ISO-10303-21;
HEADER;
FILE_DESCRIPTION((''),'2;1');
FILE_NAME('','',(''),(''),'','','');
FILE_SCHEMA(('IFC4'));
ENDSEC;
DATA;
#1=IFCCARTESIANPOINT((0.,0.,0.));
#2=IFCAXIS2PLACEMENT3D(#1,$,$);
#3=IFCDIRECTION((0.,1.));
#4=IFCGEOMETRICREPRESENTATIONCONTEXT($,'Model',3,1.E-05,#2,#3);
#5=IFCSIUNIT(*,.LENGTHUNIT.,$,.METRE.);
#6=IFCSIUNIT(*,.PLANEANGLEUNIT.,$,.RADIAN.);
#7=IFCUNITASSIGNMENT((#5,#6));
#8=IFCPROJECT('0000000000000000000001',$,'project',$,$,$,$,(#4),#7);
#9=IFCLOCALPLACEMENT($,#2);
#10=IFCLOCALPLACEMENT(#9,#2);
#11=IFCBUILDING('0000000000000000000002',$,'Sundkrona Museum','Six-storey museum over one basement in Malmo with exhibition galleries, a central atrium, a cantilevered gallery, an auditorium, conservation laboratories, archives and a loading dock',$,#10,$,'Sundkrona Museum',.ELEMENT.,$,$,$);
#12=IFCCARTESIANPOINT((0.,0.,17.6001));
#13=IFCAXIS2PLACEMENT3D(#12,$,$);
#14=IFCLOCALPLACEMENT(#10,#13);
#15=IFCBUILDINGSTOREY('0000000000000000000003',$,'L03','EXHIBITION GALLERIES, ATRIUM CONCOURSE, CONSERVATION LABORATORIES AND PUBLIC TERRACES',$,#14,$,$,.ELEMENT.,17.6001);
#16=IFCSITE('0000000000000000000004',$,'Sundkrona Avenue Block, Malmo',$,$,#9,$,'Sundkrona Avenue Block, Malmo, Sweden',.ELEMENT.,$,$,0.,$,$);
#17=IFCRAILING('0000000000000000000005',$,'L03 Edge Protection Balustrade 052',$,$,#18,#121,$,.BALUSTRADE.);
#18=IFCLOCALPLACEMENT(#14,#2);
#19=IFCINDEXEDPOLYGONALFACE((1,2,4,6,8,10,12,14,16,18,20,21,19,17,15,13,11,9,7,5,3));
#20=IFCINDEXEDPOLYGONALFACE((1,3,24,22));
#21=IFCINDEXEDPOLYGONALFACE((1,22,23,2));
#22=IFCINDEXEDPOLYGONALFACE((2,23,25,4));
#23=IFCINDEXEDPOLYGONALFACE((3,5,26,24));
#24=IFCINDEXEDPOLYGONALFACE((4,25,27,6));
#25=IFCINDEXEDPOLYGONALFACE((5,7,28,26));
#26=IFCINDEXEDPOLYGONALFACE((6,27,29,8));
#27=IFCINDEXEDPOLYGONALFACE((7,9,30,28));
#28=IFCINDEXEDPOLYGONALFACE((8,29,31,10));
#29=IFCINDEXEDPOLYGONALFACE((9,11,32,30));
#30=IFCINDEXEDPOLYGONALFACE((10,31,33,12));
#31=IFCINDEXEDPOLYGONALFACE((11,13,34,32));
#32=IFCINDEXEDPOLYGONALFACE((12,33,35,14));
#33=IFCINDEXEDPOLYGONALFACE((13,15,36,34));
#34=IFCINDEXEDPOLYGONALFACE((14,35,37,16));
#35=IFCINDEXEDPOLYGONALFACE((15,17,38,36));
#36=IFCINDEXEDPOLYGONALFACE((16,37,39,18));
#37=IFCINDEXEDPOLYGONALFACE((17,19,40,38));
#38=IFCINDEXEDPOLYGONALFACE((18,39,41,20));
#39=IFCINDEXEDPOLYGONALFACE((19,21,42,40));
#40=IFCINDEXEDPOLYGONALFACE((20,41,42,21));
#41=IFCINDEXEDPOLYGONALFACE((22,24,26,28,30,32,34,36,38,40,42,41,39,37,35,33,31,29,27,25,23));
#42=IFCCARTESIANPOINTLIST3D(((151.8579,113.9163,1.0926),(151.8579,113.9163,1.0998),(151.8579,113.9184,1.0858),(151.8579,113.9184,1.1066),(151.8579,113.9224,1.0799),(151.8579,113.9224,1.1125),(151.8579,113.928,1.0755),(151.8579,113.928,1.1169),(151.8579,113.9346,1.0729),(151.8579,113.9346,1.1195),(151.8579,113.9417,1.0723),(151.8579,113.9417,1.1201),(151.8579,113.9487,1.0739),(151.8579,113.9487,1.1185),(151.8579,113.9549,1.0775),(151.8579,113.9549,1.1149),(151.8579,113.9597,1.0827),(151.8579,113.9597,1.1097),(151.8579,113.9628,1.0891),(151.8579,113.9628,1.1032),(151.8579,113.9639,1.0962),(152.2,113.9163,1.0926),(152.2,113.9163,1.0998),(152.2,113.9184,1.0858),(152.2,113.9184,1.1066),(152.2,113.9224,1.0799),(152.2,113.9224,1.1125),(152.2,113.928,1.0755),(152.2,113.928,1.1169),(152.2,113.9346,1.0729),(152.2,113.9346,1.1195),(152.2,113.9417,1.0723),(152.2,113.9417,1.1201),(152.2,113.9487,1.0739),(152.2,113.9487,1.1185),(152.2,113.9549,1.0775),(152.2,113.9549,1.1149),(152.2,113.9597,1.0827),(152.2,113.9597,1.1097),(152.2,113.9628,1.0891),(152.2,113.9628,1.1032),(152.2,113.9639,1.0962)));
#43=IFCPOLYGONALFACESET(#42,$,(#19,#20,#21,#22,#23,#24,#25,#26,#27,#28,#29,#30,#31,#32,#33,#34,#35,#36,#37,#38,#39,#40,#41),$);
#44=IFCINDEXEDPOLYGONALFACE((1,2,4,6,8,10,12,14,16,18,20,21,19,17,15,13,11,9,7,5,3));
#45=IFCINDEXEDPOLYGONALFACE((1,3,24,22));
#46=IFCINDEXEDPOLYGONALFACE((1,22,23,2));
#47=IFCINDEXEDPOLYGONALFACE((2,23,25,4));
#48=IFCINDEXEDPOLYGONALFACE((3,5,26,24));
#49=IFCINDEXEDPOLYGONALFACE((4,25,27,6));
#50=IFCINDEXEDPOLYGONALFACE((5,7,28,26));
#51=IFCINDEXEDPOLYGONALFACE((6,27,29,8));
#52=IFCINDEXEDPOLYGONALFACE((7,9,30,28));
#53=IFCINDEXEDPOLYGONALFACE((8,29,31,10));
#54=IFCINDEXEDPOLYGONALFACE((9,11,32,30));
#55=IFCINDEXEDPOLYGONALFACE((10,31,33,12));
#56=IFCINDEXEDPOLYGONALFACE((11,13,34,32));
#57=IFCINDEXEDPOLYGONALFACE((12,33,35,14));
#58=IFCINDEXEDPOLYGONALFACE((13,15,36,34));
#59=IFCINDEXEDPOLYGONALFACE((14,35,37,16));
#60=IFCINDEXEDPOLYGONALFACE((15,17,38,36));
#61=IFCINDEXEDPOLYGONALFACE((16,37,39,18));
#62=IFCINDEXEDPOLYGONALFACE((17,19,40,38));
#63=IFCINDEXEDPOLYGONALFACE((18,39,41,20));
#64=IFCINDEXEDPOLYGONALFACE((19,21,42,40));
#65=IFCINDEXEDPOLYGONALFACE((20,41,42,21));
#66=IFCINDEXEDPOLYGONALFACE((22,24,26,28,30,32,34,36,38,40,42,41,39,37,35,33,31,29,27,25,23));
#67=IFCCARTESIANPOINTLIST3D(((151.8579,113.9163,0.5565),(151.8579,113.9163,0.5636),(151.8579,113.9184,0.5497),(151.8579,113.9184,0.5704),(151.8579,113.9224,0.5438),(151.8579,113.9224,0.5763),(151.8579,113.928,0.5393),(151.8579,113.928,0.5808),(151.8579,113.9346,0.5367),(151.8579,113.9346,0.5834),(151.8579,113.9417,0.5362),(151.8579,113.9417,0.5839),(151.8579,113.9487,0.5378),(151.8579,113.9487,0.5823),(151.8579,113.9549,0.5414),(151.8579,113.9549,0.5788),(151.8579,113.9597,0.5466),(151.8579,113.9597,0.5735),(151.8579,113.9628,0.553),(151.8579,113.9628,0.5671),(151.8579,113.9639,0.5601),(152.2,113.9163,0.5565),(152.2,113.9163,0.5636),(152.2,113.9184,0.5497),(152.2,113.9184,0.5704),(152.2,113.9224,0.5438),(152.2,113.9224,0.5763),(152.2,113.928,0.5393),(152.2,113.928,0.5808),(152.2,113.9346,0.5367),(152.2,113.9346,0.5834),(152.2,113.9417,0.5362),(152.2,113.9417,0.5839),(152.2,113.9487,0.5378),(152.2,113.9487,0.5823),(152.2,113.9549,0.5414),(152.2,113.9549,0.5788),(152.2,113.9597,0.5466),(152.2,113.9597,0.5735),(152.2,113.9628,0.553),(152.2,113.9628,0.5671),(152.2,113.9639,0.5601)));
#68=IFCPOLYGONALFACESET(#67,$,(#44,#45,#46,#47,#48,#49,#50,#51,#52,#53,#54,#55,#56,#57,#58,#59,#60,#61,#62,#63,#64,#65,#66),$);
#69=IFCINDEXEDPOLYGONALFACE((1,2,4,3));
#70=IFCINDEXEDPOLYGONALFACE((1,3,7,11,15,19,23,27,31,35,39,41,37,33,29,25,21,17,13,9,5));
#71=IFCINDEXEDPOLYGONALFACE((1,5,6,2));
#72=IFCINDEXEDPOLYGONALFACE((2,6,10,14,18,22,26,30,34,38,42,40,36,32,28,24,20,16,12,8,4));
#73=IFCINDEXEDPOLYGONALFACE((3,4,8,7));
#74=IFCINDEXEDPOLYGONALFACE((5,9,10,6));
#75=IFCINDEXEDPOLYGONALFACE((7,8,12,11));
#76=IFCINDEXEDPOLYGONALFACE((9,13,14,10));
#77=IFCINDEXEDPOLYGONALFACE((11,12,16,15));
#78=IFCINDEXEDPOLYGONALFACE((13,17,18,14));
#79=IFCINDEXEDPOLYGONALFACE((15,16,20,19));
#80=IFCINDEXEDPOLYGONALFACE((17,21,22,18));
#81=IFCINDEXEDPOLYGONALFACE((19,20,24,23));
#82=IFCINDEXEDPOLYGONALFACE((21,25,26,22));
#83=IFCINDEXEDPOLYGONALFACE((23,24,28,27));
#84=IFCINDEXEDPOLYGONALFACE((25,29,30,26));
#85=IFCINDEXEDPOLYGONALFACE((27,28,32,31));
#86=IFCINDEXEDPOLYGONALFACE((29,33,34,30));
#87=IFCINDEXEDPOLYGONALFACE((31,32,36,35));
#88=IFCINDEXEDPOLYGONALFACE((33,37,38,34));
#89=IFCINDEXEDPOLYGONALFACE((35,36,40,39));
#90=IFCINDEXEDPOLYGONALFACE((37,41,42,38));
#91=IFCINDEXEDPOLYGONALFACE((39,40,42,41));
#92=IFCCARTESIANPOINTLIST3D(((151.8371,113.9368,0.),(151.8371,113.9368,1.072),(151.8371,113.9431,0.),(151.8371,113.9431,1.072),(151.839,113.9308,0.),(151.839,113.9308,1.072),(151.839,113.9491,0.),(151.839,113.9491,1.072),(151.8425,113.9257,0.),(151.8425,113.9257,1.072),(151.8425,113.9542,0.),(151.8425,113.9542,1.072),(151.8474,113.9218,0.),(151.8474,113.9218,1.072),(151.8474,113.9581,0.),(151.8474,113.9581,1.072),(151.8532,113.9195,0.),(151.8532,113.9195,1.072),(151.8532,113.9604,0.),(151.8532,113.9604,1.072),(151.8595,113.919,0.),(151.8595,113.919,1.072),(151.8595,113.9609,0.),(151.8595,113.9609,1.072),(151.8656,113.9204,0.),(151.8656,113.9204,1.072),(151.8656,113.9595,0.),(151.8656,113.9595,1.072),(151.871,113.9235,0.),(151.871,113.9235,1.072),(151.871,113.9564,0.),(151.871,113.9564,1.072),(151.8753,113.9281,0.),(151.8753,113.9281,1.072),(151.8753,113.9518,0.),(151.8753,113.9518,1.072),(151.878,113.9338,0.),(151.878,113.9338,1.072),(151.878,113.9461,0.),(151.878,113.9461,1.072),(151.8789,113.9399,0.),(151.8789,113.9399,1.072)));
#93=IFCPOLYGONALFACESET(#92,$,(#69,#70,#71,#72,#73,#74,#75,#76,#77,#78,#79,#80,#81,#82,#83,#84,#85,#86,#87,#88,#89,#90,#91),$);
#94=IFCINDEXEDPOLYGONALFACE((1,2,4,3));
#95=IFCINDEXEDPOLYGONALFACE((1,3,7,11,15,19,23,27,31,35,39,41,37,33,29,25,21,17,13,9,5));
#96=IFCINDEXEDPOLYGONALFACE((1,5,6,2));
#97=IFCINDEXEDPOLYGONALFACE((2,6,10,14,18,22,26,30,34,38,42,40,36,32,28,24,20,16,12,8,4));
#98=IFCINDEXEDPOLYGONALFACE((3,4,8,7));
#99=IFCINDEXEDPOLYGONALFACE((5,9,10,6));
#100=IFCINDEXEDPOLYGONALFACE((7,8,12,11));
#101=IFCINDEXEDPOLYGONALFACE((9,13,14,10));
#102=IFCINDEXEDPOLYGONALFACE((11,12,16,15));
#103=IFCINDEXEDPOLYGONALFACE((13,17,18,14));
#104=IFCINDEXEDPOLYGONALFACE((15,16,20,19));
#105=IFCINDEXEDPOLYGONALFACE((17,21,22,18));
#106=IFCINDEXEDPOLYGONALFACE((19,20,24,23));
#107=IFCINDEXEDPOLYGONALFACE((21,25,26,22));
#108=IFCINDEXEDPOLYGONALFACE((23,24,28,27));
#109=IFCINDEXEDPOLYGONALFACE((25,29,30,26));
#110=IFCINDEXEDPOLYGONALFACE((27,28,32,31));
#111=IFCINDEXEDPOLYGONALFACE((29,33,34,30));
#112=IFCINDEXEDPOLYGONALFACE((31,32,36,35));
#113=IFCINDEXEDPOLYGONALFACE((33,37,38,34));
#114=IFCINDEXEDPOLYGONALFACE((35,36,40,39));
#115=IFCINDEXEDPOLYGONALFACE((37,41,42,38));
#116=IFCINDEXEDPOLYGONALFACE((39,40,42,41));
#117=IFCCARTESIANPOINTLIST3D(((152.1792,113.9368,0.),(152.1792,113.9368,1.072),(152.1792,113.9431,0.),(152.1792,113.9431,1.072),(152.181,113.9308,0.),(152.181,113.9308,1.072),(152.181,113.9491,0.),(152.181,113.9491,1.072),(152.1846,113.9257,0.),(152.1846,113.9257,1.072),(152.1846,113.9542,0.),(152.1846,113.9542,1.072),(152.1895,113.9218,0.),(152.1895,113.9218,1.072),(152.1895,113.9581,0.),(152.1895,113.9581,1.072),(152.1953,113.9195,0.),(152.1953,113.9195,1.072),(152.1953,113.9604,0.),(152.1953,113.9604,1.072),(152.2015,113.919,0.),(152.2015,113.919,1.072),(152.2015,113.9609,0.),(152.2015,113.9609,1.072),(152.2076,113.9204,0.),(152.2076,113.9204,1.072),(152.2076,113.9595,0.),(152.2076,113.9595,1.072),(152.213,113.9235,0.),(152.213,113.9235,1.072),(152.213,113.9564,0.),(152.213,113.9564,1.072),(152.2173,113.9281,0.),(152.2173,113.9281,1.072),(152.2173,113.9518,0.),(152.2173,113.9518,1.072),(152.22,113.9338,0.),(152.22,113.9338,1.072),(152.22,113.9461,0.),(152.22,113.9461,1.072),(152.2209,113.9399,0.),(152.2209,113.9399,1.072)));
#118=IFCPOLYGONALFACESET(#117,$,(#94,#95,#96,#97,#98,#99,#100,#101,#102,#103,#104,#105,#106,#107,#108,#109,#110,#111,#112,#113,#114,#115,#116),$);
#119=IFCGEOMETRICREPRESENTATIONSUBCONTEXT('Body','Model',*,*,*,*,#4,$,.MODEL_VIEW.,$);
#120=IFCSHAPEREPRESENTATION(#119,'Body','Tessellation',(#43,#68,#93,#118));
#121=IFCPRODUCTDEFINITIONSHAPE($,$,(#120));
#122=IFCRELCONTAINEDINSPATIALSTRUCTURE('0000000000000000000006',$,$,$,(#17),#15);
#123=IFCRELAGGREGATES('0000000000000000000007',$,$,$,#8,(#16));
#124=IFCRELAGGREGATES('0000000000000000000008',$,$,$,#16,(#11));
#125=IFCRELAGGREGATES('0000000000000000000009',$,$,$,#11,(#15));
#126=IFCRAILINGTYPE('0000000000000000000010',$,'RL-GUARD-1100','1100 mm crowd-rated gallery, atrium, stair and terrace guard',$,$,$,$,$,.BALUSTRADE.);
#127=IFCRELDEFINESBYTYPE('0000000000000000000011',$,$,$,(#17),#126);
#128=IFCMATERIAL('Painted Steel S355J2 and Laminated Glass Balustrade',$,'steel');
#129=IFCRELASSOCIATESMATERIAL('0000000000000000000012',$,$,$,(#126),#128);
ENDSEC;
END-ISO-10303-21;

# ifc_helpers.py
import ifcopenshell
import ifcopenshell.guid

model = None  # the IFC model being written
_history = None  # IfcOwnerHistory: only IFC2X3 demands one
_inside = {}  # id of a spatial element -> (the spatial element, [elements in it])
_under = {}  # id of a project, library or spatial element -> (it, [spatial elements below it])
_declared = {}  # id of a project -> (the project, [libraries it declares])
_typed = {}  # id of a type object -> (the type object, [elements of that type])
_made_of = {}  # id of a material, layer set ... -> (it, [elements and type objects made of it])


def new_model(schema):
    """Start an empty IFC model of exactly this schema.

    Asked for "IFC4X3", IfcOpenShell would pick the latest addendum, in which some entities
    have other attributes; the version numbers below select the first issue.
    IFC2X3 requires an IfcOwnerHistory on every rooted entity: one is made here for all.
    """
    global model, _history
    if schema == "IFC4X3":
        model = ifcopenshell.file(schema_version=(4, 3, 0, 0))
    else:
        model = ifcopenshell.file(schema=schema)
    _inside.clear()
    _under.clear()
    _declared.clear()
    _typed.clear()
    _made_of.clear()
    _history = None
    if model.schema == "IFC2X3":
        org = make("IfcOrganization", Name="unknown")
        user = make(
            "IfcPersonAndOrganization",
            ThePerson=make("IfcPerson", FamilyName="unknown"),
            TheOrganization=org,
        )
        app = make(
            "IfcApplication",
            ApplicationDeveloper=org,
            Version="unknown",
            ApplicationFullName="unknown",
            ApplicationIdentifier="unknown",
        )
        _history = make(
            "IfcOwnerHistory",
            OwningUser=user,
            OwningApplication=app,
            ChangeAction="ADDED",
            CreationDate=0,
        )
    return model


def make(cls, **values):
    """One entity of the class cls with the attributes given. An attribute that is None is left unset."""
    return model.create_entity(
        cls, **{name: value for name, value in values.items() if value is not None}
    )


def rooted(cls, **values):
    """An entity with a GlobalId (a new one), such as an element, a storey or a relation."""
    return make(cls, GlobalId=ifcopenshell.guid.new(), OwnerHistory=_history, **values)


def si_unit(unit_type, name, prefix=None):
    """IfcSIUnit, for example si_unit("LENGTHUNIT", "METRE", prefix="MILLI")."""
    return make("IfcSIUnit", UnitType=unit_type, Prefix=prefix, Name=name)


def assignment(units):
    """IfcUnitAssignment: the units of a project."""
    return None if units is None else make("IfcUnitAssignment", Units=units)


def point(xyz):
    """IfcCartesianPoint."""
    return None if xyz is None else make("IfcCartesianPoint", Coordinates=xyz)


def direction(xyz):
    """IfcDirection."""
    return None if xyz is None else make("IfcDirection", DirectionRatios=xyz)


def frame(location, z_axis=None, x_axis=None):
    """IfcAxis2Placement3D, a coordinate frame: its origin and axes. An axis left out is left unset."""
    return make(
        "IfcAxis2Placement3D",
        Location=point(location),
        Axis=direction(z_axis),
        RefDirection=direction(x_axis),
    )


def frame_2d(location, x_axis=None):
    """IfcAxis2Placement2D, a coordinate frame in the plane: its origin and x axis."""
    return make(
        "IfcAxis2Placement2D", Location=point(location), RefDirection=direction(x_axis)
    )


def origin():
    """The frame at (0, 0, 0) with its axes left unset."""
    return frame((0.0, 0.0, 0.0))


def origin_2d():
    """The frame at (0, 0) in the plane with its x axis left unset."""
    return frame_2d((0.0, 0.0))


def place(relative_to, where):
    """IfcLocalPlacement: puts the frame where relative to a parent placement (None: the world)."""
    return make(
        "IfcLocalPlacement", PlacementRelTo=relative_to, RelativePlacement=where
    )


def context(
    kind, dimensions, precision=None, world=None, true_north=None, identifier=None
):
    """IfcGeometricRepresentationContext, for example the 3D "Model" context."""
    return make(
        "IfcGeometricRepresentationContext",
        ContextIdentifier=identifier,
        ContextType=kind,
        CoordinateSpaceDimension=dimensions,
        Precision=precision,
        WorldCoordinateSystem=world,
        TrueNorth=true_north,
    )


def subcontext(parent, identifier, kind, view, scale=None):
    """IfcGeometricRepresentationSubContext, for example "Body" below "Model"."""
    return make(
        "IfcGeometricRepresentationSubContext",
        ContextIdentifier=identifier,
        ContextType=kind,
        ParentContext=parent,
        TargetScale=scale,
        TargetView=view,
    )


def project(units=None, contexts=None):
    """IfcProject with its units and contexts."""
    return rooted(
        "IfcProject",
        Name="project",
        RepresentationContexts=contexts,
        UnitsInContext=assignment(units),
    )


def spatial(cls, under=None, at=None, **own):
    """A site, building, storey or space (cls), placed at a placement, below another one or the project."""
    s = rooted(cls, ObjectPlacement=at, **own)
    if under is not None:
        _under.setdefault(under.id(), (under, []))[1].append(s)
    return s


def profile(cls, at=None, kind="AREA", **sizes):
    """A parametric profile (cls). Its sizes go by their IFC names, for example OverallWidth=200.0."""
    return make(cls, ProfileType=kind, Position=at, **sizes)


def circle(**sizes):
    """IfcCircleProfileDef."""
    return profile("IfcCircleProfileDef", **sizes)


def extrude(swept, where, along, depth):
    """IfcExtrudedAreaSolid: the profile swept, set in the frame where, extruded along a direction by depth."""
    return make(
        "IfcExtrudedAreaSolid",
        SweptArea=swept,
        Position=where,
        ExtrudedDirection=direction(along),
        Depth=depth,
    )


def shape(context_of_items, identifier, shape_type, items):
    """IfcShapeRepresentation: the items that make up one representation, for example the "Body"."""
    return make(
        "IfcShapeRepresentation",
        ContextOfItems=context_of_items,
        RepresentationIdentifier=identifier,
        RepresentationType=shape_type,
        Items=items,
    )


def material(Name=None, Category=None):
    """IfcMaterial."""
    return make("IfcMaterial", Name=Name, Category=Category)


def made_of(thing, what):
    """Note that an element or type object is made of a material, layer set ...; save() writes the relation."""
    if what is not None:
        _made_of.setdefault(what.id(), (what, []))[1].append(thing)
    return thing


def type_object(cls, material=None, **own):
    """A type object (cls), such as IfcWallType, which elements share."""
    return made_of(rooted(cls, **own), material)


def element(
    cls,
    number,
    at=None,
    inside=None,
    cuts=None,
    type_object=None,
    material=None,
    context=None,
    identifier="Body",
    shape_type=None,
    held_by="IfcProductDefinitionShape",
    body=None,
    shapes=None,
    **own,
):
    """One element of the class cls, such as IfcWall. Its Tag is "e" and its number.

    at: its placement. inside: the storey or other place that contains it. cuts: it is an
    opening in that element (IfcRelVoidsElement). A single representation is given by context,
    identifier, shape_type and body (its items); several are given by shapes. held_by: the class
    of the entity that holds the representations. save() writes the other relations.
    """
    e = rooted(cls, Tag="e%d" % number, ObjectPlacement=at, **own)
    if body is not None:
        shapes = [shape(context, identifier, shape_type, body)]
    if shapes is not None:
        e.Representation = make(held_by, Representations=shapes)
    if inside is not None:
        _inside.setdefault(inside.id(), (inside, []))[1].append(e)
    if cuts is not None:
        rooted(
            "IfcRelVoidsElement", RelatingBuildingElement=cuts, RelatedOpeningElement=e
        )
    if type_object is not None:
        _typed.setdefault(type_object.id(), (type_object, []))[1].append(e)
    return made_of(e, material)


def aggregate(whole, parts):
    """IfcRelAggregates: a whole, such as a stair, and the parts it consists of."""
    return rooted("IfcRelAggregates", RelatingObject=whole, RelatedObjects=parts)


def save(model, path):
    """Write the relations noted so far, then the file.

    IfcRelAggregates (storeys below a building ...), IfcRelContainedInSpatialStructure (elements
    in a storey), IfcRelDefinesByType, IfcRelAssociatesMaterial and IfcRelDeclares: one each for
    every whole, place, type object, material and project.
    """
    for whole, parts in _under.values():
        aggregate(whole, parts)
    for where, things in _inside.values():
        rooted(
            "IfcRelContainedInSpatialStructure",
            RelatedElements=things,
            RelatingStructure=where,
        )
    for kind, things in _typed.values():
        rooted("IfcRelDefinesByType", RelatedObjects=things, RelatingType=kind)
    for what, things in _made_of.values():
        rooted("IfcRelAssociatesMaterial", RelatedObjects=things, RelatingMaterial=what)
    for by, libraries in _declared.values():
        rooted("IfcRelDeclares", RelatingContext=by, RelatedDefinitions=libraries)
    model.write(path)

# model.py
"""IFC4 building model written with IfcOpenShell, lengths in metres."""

from ifc_helpers import new_model, si_unit, direction, frame, origin, origin_2d, place, context, subcontext, project, spatial, circle, extrude, material, type_object, element, save


model = new_model("IFC4")

# Units and contexts
model_context = context("Model", 3, precision=1e-05, world=origin(), true_north=direction((0.0, 1.0)))
body_context = subcontext(model_context, "Body", "Model", "MODEL_VIEW")
ifc_project = project(units=[si_unit("LENGTHUNIT", "METRE"), si_unit("PLANEANGLEUNIT", "RADIAN")], contexts=[model_context])

# Site, building, storey
site_placement = place(None, origin())
site = spatial("IfcSite", under=ifc_project, at=site_placement, Name="Sundkrona Avenue Block, Malmo", LongName="Sundkrona Avenue Block, Malmo, Sweden", CompositionType="ELEMENT", RefElevation=0.0)
building_placement = place(site_placement, origin())
building = spatial("IfcBuilding", under=site, at=building_placement, Name="Sundkrona Museum", Description="Six-storey museum over one basement in Malmo with exhibition galleries, a central atrium, a cantilevered gallery, an auditorium, conservation laboratories, archives and a loading dock", LongName="Sundkrona Museum", CompositionType="ELEMENT")
storey_placement = place(building_placement, frame((0.0, 0.0, 17.6001)))
storey = spatial("IfcBuildingStorey", under=building, at=storey_placement, Name="L03", Description="EXHIBITION GALLERIES, ATRIUM CONCOURSE, CONSERVATION LABORATORIES AND PUBLIC TERRACES", CompositionType="ELEMENT", Elevation=17.6001)

# Railing
ifc_material_1 = material(Name="Painted Steel S355J2 and Laminated Glass Balustrade", Category="steel")
railing_type = type_object("IfcRailingType", Name="RL-GUARD-1100", Description="1100 mm crowd-rated gallery, atrium, stair and terrace guard", PredefinedType="BALUSTRADE", material=ifc_material_1)
railing_1_placement = place(storey_placement, frame((151.8579, 113.9399, 0.0)))
element("IfcRailing", 1, at=railing_1_placement, inside=storey, type_object=railing_type, Name="L03 Edge Protection Balustrade 052", PredefinedType="BALUSTRADE", context=body_context, shape_type="SweptSolid", body=[
    extrude(circle(Radius=0.0239, at=origin_2d()), frame((0.0, 0.0, 1.0962), z_axis=(1.0, 0.0, 0.0), x_axis=(0.0, 1.0, 0.0)), (0.0, 0.0, 1.0), 0.342),
    extrude(circle(Radius=0.0239, at=origin_2d()), frame((0.0, 0.0, 0.5601), z_axis=(1.0, 0.0, 0.0), x_axis=(0.0, 1.0, 0.0)), (0.0, 0.0, 1.0), 0.342),
    extrude(circle(Radius=0.021, at=origin_2d()), origin(), (0.0, 0.0, 1.0), 1.072),
    extrude(circle(Radius=0.021, at=origin_2d()), frame((0.342, 0.0, 0.0)), (0.0, 0.0, 1.0), 1.072),
])

save(model, "model.ifc")
